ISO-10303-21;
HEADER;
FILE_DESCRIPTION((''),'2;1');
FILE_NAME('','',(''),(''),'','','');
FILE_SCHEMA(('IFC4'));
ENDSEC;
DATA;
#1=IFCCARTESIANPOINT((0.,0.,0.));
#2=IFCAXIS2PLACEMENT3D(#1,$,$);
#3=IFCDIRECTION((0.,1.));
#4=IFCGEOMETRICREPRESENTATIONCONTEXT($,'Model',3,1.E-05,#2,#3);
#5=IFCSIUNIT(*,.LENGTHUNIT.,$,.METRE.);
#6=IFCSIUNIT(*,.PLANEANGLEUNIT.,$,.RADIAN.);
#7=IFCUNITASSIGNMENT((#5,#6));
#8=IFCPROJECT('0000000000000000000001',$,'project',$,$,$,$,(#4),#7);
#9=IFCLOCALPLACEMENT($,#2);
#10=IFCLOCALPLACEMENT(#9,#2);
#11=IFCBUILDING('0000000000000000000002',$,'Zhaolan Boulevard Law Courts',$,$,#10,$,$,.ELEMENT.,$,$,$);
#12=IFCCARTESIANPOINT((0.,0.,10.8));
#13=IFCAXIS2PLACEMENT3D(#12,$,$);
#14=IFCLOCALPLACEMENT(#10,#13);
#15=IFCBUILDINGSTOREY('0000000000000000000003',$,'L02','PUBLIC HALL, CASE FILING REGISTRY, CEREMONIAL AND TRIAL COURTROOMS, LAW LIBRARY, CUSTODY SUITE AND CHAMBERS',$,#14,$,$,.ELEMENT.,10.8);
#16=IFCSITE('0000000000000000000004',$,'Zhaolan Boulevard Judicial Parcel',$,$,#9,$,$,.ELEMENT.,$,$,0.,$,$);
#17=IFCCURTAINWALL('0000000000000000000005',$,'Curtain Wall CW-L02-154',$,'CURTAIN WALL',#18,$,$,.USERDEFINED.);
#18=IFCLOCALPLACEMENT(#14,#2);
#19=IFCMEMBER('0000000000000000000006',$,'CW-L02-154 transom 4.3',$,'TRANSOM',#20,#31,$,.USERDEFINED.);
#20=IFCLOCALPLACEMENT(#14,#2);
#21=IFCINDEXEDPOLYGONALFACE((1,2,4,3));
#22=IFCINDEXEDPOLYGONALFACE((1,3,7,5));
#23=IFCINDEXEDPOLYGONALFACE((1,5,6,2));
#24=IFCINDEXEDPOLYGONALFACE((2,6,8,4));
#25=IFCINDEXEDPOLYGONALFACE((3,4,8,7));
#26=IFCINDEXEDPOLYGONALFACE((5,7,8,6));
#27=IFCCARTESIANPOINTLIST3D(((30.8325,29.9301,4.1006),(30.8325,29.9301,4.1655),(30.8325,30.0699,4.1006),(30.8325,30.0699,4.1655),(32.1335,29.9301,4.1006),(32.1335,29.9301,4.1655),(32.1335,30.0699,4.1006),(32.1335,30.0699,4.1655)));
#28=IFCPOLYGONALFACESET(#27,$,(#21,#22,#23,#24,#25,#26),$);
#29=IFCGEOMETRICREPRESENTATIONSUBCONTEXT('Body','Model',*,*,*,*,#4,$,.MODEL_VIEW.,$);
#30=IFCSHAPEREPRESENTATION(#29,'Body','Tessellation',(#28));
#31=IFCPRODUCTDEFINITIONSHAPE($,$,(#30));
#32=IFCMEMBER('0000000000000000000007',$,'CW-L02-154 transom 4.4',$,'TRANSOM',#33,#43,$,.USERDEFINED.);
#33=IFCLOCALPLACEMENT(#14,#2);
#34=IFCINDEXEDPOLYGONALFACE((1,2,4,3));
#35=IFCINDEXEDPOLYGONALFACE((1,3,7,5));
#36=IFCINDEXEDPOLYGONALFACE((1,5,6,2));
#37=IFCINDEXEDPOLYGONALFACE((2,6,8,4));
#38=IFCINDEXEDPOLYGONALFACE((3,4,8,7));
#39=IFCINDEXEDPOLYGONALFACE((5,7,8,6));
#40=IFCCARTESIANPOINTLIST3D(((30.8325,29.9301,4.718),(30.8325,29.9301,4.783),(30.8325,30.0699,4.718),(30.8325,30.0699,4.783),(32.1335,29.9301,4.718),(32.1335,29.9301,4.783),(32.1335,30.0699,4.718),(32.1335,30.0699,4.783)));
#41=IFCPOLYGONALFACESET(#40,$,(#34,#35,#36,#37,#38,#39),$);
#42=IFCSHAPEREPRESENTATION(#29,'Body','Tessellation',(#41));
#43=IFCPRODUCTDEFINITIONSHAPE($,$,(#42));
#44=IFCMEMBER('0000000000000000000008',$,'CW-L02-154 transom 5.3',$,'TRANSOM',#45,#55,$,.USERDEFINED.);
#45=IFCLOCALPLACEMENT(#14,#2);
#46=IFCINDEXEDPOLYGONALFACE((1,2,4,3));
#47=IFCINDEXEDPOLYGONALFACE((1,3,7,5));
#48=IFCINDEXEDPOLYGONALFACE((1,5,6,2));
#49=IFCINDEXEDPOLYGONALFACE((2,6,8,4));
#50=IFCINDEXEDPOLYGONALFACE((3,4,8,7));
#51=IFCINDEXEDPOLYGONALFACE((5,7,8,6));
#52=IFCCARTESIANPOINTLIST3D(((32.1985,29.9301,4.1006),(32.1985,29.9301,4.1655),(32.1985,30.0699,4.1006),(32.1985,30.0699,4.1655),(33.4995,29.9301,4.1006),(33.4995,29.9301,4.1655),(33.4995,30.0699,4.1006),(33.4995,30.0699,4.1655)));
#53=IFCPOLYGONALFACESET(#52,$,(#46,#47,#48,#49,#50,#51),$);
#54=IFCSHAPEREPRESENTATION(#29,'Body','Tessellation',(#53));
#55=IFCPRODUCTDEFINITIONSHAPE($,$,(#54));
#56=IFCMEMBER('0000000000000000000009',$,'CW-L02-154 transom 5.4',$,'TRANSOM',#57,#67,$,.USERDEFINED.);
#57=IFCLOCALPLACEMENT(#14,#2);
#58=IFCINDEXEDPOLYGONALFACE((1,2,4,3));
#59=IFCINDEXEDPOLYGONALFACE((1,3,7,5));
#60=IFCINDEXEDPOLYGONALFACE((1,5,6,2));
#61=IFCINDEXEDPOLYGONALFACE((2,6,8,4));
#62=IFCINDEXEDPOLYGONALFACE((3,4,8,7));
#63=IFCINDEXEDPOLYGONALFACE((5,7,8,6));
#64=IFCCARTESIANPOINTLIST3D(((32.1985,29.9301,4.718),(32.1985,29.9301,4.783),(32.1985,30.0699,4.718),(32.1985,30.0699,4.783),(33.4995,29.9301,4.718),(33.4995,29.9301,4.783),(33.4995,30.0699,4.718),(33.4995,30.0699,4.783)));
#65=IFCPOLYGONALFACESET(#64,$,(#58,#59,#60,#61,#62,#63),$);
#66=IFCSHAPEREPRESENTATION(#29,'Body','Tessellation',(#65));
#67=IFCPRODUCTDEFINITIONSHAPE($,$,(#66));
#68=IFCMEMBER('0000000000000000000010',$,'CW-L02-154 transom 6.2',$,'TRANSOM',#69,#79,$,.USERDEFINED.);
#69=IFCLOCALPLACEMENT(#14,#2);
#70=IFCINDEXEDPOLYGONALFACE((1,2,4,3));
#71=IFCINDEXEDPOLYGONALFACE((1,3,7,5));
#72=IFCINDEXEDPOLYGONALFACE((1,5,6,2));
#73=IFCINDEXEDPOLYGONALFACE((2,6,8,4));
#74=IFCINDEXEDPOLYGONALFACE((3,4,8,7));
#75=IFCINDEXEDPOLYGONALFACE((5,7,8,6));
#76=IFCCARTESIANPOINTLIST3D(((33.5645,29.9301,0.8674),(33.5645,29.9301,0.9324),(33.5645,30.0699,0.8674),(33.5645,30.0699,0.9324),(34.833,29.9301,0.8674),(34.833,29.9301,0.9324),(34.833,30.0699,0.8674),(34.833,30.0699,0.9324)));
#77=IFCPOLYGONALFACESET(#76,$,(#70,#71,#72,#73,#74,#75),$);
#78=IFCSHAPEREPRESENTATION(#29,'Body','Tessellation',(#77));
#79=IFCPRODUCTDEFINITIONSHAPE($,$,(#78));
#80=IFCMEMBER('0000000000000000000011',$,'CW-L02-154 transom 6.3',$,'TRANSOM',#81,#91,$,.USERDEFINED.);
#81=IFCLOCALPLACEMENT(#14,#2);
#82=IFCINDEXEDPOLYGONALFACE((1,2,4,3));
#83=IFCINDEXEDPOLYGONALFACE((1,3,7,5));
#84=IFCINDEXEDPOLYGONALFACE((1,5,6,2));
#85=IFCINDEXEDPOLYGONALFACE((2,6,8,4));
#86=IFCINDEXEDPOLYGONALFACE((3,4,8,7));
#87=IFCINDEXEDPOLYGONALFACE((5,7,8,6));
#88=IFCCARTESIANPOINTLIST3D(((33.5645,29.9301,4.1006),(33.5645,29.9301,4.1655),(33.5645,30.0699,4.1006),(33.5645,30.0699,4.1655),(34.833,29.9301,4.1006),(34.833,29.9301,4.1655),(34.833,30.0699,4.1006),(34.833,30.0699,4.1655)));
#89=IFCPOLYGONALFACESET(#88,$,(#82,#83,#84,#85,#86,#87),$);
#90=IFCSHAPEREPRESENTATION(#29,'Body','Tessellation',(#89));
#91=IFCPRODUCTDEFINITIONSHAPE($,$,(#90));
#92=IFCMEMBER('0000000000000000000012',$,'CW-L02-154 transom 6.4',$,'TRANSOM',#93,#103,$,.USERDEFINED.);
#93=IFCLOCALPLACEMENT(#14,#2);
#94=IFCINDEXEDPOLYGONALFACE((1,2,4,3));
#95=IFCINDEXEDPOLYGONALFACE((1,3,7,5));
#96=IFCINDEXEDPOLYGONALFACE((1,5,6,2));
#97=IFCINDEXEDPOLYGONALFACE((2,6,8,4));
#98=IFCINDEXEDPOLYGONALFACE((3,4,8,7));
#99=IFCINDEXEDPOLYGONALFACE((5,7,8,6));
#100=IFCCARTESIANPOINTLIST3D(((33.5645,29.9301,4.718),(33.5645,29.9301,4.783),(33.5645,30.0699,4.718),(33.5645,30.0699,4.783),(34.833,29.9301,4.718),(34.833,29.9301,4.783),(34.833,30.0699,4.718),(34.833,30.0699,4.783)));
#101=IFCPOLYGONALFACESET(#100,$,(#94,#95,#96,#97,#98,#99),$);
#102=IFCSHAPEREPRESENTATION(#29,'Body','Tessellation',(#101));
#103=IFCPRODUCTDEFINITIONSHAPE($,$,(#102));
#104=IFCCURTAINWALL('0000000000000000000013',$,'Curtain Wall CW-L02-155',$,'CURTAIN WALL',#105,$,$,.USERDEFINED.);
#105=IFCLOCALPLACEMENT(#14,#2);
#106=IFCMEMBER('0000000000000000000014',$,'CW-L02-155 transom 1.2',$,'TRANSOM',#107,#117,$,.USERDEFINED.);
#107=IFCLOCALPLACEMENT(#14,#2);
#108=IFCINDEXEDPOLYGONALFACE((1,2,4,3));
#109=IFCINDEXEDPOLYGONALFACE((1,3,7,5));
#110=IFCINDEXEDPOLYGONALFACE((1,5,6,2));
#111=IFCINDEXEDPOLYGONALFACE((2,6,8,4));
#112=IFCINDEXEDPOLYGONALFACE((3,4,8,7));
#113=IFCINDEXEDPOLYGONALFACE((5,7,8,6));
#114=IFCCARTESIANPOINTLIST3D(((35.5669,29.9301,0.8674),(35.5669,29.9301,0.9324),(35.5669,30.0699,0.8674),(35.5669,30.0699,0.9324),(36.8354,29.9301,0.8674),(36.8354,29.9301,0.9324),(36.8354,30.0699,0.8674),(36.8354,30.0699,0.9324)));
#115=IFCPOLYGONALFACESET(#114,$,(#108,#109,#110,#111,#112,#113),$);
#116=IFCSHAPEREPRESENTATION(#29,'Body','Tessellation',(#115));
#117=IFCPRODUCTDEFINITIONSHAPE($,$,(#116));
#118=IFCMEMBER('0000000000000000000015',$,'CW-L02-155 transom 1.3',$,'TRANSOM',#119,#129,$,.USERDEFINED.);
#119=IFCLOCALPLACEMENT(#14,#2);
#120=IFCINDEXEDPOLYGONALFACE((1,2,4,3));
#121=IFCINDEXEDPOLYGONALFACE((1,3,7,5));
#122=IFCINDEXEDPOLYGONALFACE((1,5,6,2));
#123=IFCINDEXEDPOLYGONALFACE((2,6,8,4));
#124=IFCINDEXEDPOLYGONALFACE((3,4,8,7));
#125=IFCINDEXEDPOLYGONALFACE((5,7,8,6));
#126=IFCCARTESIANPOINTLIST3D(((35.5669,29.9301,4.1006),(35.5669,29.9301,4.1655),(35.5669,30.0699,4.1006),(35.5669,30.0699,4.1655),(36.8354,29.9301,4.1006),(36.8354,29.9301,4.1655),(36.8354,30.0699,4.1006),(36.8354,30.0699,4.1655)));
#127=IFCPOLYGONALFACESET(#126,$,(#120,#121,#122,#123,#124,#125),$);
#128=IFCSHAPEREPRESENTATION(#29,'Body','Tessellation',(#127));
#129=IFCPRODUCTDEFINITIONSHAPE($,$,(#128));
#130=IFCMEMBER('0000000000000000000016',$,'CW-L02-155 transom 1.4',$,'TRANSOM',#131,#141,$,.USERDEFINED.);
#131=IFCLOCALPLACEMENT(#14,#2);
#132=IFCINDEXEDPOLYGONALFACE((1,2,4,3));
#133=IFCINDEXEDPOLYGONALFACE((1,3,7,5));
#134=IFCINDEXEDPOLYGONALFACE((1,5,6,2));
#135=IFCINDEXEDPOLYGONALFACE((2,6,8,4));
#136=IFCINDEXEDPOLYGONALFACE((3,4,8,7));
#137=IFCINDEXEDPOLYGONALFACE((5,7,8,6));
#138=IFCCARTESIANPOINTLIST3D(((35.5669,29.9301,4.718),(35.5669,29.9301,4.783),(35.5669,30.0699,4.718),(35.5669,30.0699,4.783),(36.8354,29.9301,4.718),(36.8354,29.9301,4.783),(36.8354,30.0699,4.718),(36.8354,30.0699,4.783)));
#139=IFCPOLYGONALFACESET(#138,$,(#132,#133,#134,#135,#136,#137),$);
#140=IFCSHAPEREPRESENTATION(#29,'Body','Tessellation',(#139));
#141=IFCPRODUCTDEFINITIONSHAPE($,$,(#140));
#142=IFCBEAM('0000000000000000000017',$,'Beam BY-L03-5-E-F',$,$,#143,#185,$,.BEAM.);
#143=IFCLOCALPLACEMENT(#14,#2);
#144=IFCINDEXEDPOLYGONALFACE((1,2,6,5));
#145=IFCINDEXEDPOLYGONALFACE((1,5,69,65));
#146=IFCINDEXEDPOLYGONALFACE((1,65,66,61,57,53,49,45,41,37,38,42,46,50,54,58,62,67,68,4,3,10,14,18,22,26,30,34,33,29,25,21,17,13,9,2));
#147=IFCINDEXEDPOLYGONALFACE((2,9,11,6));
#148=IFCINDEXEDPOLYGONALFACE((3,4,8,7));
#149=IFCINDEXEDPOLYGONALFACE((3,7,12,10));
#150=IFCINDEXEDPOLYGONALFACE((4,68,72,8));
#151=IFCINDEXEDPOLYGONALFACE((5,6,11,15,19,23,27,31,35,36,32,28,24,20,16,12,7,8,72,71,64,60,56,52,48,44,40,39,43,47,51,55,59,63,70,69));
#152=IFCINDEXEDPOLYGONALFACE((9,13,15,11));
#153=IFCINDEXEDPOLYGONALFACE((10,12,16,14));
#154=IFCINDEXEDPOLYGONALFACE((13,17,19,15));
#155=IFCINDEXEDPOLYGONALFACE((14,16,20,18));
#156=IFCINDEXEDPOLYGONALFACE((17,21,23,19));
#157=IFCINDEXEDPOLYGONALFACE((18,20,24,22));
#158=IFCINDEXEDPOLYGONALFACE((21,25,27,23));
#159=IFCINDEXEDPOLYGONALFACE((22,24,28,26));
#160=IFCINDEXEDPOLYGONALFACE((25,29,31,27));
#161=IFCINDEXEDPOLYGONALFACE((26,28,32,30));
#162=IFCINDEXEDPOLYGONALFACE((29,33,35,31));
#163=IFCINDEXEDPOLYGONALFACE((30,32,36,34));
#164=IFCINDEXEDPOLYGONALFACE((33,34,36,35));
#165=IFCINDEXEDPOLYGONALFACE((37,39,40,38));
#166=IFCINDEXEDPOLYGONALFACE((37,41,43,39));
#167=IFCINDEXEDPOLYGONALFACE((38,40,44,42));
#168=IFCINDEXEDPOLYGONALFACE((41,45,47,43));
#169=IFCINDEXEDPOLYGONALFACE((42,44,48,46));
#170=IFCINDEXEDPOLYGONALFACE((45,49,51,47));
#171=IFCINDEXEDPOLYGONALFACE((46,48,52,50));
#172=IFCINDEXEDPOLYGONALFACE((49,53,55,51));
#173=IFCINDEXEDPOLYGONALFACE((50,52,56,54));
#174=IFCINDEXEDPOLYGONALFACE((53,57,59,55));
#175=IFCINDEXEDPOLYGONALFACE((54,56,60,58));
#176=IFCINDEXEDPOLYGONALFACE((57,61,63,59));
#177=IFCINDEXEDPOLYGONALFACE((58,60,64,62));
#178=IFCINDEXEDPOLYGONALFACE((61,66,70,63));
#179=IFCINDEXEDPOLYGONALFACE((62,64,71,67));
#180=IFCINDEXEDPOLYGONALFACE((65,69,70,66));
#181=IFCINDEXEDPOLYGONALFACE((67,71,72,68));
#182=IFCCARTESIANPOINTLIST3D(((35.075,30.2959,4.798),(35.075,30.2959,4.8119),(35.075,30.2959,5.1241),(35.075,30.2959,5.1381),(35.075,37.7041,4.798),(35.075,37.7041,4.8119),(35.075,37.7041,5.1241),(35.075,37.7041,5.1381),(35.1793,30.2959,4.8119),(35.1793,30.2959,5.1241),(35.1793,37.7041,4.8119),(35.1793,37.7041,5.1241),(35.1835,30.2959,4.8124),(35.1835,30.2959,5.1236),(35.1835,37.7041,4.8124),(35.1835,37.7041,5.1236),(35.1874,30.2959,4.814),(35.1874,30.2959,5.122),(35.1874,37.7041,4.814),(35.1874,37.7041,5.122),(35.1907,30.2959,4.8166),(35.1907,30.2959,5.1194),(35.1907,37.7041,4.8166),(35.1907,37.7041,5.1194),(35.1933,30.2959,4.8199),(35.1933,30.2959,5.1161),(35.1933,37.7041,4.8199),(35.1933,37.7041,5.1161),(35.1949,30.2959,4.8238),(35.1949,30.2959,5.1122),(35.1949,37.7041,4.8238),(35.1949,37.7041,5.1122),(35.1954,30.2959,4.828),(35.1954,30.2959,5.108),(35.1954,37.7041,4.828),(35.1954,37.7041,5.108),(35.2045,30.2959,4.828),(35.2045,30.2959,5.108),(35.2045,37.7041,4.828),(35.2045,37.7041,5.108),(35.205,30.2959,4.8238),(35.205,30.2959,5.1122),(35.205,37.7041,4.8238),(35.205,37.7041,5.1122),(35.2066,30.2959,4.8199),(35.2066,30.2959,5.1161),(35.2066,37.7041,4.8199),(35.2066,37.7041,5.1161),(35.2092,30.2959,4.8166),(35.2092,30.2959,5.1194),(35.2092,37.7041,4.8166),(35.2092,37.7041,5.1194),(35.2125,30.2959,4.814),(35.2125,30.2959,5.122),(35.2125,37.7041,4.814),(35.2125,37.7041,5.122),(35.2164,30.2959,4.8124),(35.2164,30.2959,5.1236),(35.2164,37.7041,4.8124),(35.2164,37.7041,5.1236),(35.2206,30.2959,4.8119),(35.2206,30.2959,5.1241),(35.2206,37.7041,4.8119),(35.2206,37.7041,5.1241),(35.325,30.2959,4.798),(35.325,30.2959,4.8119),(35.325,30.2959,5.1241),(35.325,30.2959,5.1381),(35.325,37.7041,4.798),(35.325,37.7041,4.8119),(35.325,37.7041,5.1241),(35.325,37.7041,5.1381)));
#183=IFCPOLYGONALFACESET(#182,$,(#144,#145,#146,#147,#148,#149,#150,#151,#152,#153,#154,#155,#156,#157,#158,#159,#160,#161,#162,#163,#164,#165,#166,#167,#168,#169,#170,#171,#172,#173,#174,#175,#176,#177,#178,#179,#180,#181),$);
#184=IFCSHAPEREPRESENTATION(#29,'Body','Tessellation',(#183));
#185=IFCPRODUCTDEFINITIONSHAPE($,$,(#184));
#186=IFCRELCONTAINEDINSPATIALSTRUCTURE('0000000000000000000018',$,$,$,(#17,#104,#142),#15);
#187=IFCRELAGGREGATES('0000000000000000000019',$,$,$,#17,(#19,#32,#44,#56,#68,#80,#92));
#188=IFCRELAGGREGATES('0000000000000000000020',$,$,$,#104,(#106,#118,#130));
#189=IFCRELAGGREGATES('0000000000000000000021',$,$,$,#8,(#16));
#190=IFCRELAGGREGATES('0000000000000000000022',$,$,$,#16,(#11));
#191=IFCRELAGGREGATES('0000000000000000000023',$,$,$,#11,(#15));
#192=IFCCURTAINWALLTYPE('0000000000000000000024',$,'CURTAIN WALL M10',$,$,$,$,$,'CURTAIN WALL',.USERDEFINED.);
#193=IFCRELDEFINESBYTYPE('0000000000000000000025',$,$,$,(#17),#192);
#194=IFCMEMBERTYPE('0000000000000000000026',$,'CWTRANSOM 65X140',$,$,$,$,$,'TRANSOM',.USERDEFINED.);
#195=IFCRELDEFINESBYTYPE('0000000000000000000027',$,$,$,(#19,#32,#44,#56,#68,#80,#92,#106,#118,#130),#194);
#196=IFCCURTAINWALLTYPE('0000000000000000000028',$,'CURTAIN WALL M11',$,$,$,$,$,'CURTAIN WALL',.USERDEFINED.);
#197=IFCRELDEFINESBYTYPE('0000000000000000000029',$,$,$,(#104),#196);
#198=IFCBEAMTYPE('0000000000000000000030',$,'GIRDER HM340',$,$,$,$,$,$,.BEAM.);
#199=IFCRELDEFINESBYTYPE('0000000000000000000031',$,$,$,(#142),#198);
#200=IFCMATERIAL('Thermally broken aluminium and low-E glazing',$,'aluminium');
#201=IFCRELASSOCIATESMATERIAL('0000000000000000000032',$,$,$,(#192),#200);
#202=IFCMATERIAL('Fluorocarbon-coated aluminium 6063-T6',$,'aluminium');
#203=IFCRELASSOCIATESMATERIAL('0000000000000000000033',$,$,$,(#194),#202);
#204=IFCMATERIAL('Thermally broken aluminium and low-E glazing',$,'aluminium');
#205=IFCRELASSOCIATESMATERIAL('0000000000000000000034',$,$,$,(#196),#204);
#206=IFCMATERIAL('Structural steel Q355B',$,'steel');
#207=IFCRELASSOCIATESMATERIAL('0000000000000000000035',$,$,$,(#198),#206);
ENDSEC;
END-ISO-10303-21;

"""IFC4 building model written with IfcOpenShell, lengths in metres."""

from ifc_helpers import new_model, si_unit, direction, frame, origin, origin_2d, place, context, subcontext, project, spatial, rectangle, i_section, extrude, material, material_profile, profile_set, type_object, element, aggregate, save


model = new_model("IFC4")

# Units and contexts
model_context = context("Model", 3, precision=1e-05, world=origin(), true_north=direction((0.0, 1.0)))
body_context = subcontext(model_context, "Body", "Model", "MODEL_VIEW")
ifc_project = project(units=[si_unit("LENGTHUNIT", "METRE"), si_unit("PLANEANGLEUNIT", "RADIAN")], contexts=[model_context])

# Site, building, storey
site_placement = place(None, origin())
site = spatial("IfcSite", under=ifc_project, at=site_placement, Name="Zhaolan Boulevard Judicial Parcel", CompositionType="ELEMENT", RefElevation=0.0)
building_placement = place(site_placement, origin())
building = spatial("IfcBuilding", under=site, at=building_placement, Name="Zhaolan Boulevard Law Courts", CompositionType="ELEMENT")
storey_placement = place(building_placement, frame((0.0, 0.0, 10.8)))
storey = spatial("IfcBuildingStorey", under=building, at=storey_placement, Name="L02", Description="PUBLIC HALL, CASE FILING REGISTRY, CEREMONIAL AND TRIAL COURTROOMS, LAW LIBRARY, CUSTODY SUITE AND CHAMBERS", CompositionType="ELEMENT", Elevation=10.8)

# Curtain walls, members
ifc_material_1 = material(Name="Thermally broken aluminium and low-E glazing", Category="aluminium")
curtain_wall_type_1 = type_object("IfcCurtainWallType", Name="CURTAIN WALL M10", ElementType="CURTAIN WALL", PredefinedType="USERDEFINED", material=ifc_material_1)
curtain_wall_1_placement = place(storey_placement, origin())
curtain_wall_1 = element("IfcCurtainWall", 1, at=curtain_wall_1_placement, inside=storey, type_object=curtain_wall_type_1, Name="Curtain Wall CW-L02-154", ObjectType="CURTAIN WALL", PredefinedType="USERDEFINED")
ifc_material_2 = material(Name="Fluorocarbon-coated aluminium 6063-T6", Category="aluminium")
ifc_material_profile_1 = material_profile(ifc_material_2, rectangle(XDim=0.1399, YDim=0.0649, at=origin_2d()), Name="AL65x140")
ifc_profile_set_1 = profile_set([ifc_material_profile_1], Name="Fluorocarbon-coated aluminium 6063-T6")
member_type = type_object("IfcMemberType", Name="CWTRANSOM 65X140", ElementType="TRANSOM", PredefinedType="USERDEFINED", material=ifc_profile_set_1)
member_1_placement = place(storey_placement, frame((30.8325, 30.0, 4.1331), z_axis=(1.0, 0.0, 0.0), x_axis=(0.0, 1.0, 0.0)))
member_1 = element("IfcMember", 2, at=member_1_placement, type_object=member_type, Name="CW-L02-154 transom 4.3", ObjectType="TRANSOM", PredefinedType="USERDEFINED", context=body_context, shape_type="SweptSolid", body=[
    extrude(rectangle(XDim=0.1399, YDim=0.0649, at=origin_2d()), origin(), (0.0, 0.0, 1.0), 1.301),
])
member_2_placement = place(storey_placement, frame((30.8325, 30.0, 4.7505), z_axis=(1.0, 0.0, 0.0), x_axis=(0.0, 1.0, 0.0)))
member_2 = element("IfcMember", 3, at=member_2_placement, type_object=member_type, Name="CW-L02-154 transom 4.4", ObjectType="TRANSOM", PredefinedType="USERDEFINED", context=body_context, shape_type="SweptSolid", body=[
    extrude(rectangle(XDim=0.1399, YDim=0.0649, at=origin_2d()), origin(), (0.0, 0.0, 1.0), 1.301),
])
member_3_placement = place(storey_placement, frame((32.1985, 30.0, 4.1331), z_axis=(1.0, 0.0, 0.0), x_axis=(0.0, 1.0, 0.0)))
member_3 = element("IfcMember", 4, at=member_3_placement, type_object=member_type, Name="CW-L02-154 transom 5.3", ObjectType="TRANSOM", PredefinedType="USERDEFINED", context=body_context, shape_type="SweptSolid", body=[
    extrude(rectangle(XDim=0.1399, YDim=0.0649, at=origin_2d()), origin(), (0.0, 0.0, 1.0), 1.301),
])
member_4_placement = place(storey_placement, frame((32.1985, 30.0, 4.7505), z_axis=(1.0, 0.0, 0.0), x_axis=(0.0, 1.0, 0.0)))
member_4 = element("IfcMember", 5, at=member_4_placement, type_object=member_type, Name="CW-L02-154 transom 5.4", ObjectType="TRANSOM", PredefinedType="USERDEFINED", context=body_context, shape_type="SweptSolid", body=[
    extrude(rectangle(XDim=0.1399, YDim=0.0649, at=origin_2d()), origin(), (0.0, 0.0, 1.0), 1.301),
])
member_5_placement = place(storey_placement, frame((33.5645, 30.0, 0.8999), z_axis=(1.0, 0.0, 0.0), x_axis=(0.0, 1.0, 0.0)))
member_5 = element("IfcMember", 6, at=member_5_placement, type_object=member_type, Name="CW-L02-154 transom 6.2", ObjectType="TRANSOM", PredefinedType="USERDEFINED", context=body_context, shape_type="SweptSolid", body=[
    extrude(rectangle(XDim=0.1399, YDim=0.0649, at=origin_2d()), origin(), (0.0, 0.0, 1.0), 1.2686),
])
member_6_placement = place(storey_placement, frame((33.5645, 30.0, 4.1331), z_axis=(1.0, 0.0, 0.0), x_axis=(0.0, 1.0, 0.0)))
member_6 = element("IfcMember", 7, at=member_6_placement, type_object=member_type, Name="CW-L02-154 transom 6.3", ObjectType="TRANSOM", PredefinedType="USERDEFINED", context=body_context, shape_type="SweptSolid", body=[
    extrude(rectangle(XDim=0.1399, YDim=0.0649, at=origin_2d()), origin(), (0.0, 0.0, 1.0), 1.2686),
])
member_7_placement = place(storey_placement, frame((33.5645, 30.0, 4.7505), z_axis=(1.0, 0.0, 0.0), x_axis=(0.0, 1.0, 0.0)))
member_7 = element("IfcMember", 8, at=member_7_placement, type_object=member_type, Name="CW-L02-154 transom 6.4", ObjectType="TRANSOM", PredefinedType="USERDEFINED", context=body_context, shape_type="SweptSolid", body=[
    extrude(rectangle(XDim=0.1399, YDim=0.0649, at=origin_2d()), origin(), (0.0, 0.0, 1.0), 1.2686),
])
ifc_material_3 = material(Name="Thermally broken aluminium and low-E glazing", Category="aluminium")
curtain_wall_type_2 = type_object("IfcCurtainWallType", Name="CURTAIN WALL M11", ElementType="CURTAIN WALL", PredefinedType="USERDEFINED", material=ifc_material_3)
curtain_wall_2_placement = place(storey_placement, origin())
curtain_wall_2 = element("IfcCurtainWall", 9, at=curtain_wall_2_placement, inside=storey, type_object=curtain_wall_type_2, Name="Curtain Wall CW-L02-155", ObjectType="CURTAIN WALL", PredefinedType="USERDEFINED")
member_8_placement = place(storey_placement, frame((35.5669, 30.0, 0.8999), z_axis=(1.0, 0.0, 0.0), x_axis=(0.0, 1.0, 0.0)))
member_8 = element("IfcMember", 10, at=member_8_placement, type_object=member_type, Name="CW-L02-155 transom 1.2", ObjectType="TRANSOM", PredefinedType="USERDEFINED", context=body_context, shape_type="SweptSolid", body=[
    extrude(rectangle(XDim=0.1399, YDim=0.0649, at=origin_2d()), origin(), (0.0, 0.0, 1.0), 1.2686),
])
member_9_placement = place(storey_placement, frame((35.5669, 30.0, 4.1331), z_axis=(1.0, 0.0, 0.0), x_axis=(0.0, 1.0, 0.0)))
member_9 = element("IfcMember", 11, at=member_9_placement, type_object=member_type, Name="CW-L02-155 transom 1.3", ObjectType="TRANSOM", PredefinedType="USERDEFINED", context=body_context, shape_type="SweptSolid", body=[
    extrude(rectangle(XDim=0.1399, YDim=0.0649, at=origin_2d()), origin(), (0.0, 0.0, 1.0), 1.2686),
])
member_10_placement = place(storey_placement, frame((35.5669, 30.0, 4.7505), z_axis=(1.0, 0.0, 0.0), x_axis=(0.0, 1.0, 0.0)))
member_10 = element("IfcMember", 12, at=member_10_placement, type_object=member_type, Name="CW-L02-155 transom 1.4", ObjectType="TRANSOM", PredefinedType="USERDEFINED", context=body_context, shape_type="SweptSolid", body=[
    extrude(rectangle(XDim=0.1399, YDim=0.0649, at=origin_2d()), origin(), (0.0, 0.0, 1.0), 1.2686),
])

# Beam
ifc_material_4 = material(Name="Structural steel Q355B", Category="steel")
ifc_material_profile_2 = material_profile(ifc_material_4, i_section(OverallWidth=0.25, OverallDepth=0.3401, WebThickness=0.009, FlangeThickness=0.0139, FilletRadius=0.0161, at=origin_2d()), Name="HM340x250")
ifc_profile_set_2 = profile_set([ifc_material_profile_2], Name="Structural steel Q355B")
beam_type_1 = type_object("IfcBeamType", Name="GIRDER HM340", PredefinedType="BEAM", material=ifc_profile_set_2)
beam_1_placement = place(storey_placement, frame((35.2, 30.2959, 4.968), z_axis=(0.0, 1.0, 0.0), x_axis=(-1.0, 0.0, 0.0)))
element("IfcBeam", 13, at=beam_1_placement, inside=storey, type_object=beam_type_1, Name="Beam BY-L03-5-E-F", PredefinedType="BEAM", context=body_context, shape_type="SweptSolid", body=[
    extrude(i_section(OverallWidth=0.25, OverallDepth=0.3401, WebThickness=0.009, FlangeThickness=0.0139, FilletRadius=0.0161, at=origin_2d()), origin(), (0.0, 0.0, 1.0), 7.4082),
])

aggregate(curtain_wall_1, [member_1, member_2, member_3, member_4, member_5, member_6, member_7])
aggregate(curtain_wall_2, [member_8, member_9, member_10])

save(model, "model.ifc")
